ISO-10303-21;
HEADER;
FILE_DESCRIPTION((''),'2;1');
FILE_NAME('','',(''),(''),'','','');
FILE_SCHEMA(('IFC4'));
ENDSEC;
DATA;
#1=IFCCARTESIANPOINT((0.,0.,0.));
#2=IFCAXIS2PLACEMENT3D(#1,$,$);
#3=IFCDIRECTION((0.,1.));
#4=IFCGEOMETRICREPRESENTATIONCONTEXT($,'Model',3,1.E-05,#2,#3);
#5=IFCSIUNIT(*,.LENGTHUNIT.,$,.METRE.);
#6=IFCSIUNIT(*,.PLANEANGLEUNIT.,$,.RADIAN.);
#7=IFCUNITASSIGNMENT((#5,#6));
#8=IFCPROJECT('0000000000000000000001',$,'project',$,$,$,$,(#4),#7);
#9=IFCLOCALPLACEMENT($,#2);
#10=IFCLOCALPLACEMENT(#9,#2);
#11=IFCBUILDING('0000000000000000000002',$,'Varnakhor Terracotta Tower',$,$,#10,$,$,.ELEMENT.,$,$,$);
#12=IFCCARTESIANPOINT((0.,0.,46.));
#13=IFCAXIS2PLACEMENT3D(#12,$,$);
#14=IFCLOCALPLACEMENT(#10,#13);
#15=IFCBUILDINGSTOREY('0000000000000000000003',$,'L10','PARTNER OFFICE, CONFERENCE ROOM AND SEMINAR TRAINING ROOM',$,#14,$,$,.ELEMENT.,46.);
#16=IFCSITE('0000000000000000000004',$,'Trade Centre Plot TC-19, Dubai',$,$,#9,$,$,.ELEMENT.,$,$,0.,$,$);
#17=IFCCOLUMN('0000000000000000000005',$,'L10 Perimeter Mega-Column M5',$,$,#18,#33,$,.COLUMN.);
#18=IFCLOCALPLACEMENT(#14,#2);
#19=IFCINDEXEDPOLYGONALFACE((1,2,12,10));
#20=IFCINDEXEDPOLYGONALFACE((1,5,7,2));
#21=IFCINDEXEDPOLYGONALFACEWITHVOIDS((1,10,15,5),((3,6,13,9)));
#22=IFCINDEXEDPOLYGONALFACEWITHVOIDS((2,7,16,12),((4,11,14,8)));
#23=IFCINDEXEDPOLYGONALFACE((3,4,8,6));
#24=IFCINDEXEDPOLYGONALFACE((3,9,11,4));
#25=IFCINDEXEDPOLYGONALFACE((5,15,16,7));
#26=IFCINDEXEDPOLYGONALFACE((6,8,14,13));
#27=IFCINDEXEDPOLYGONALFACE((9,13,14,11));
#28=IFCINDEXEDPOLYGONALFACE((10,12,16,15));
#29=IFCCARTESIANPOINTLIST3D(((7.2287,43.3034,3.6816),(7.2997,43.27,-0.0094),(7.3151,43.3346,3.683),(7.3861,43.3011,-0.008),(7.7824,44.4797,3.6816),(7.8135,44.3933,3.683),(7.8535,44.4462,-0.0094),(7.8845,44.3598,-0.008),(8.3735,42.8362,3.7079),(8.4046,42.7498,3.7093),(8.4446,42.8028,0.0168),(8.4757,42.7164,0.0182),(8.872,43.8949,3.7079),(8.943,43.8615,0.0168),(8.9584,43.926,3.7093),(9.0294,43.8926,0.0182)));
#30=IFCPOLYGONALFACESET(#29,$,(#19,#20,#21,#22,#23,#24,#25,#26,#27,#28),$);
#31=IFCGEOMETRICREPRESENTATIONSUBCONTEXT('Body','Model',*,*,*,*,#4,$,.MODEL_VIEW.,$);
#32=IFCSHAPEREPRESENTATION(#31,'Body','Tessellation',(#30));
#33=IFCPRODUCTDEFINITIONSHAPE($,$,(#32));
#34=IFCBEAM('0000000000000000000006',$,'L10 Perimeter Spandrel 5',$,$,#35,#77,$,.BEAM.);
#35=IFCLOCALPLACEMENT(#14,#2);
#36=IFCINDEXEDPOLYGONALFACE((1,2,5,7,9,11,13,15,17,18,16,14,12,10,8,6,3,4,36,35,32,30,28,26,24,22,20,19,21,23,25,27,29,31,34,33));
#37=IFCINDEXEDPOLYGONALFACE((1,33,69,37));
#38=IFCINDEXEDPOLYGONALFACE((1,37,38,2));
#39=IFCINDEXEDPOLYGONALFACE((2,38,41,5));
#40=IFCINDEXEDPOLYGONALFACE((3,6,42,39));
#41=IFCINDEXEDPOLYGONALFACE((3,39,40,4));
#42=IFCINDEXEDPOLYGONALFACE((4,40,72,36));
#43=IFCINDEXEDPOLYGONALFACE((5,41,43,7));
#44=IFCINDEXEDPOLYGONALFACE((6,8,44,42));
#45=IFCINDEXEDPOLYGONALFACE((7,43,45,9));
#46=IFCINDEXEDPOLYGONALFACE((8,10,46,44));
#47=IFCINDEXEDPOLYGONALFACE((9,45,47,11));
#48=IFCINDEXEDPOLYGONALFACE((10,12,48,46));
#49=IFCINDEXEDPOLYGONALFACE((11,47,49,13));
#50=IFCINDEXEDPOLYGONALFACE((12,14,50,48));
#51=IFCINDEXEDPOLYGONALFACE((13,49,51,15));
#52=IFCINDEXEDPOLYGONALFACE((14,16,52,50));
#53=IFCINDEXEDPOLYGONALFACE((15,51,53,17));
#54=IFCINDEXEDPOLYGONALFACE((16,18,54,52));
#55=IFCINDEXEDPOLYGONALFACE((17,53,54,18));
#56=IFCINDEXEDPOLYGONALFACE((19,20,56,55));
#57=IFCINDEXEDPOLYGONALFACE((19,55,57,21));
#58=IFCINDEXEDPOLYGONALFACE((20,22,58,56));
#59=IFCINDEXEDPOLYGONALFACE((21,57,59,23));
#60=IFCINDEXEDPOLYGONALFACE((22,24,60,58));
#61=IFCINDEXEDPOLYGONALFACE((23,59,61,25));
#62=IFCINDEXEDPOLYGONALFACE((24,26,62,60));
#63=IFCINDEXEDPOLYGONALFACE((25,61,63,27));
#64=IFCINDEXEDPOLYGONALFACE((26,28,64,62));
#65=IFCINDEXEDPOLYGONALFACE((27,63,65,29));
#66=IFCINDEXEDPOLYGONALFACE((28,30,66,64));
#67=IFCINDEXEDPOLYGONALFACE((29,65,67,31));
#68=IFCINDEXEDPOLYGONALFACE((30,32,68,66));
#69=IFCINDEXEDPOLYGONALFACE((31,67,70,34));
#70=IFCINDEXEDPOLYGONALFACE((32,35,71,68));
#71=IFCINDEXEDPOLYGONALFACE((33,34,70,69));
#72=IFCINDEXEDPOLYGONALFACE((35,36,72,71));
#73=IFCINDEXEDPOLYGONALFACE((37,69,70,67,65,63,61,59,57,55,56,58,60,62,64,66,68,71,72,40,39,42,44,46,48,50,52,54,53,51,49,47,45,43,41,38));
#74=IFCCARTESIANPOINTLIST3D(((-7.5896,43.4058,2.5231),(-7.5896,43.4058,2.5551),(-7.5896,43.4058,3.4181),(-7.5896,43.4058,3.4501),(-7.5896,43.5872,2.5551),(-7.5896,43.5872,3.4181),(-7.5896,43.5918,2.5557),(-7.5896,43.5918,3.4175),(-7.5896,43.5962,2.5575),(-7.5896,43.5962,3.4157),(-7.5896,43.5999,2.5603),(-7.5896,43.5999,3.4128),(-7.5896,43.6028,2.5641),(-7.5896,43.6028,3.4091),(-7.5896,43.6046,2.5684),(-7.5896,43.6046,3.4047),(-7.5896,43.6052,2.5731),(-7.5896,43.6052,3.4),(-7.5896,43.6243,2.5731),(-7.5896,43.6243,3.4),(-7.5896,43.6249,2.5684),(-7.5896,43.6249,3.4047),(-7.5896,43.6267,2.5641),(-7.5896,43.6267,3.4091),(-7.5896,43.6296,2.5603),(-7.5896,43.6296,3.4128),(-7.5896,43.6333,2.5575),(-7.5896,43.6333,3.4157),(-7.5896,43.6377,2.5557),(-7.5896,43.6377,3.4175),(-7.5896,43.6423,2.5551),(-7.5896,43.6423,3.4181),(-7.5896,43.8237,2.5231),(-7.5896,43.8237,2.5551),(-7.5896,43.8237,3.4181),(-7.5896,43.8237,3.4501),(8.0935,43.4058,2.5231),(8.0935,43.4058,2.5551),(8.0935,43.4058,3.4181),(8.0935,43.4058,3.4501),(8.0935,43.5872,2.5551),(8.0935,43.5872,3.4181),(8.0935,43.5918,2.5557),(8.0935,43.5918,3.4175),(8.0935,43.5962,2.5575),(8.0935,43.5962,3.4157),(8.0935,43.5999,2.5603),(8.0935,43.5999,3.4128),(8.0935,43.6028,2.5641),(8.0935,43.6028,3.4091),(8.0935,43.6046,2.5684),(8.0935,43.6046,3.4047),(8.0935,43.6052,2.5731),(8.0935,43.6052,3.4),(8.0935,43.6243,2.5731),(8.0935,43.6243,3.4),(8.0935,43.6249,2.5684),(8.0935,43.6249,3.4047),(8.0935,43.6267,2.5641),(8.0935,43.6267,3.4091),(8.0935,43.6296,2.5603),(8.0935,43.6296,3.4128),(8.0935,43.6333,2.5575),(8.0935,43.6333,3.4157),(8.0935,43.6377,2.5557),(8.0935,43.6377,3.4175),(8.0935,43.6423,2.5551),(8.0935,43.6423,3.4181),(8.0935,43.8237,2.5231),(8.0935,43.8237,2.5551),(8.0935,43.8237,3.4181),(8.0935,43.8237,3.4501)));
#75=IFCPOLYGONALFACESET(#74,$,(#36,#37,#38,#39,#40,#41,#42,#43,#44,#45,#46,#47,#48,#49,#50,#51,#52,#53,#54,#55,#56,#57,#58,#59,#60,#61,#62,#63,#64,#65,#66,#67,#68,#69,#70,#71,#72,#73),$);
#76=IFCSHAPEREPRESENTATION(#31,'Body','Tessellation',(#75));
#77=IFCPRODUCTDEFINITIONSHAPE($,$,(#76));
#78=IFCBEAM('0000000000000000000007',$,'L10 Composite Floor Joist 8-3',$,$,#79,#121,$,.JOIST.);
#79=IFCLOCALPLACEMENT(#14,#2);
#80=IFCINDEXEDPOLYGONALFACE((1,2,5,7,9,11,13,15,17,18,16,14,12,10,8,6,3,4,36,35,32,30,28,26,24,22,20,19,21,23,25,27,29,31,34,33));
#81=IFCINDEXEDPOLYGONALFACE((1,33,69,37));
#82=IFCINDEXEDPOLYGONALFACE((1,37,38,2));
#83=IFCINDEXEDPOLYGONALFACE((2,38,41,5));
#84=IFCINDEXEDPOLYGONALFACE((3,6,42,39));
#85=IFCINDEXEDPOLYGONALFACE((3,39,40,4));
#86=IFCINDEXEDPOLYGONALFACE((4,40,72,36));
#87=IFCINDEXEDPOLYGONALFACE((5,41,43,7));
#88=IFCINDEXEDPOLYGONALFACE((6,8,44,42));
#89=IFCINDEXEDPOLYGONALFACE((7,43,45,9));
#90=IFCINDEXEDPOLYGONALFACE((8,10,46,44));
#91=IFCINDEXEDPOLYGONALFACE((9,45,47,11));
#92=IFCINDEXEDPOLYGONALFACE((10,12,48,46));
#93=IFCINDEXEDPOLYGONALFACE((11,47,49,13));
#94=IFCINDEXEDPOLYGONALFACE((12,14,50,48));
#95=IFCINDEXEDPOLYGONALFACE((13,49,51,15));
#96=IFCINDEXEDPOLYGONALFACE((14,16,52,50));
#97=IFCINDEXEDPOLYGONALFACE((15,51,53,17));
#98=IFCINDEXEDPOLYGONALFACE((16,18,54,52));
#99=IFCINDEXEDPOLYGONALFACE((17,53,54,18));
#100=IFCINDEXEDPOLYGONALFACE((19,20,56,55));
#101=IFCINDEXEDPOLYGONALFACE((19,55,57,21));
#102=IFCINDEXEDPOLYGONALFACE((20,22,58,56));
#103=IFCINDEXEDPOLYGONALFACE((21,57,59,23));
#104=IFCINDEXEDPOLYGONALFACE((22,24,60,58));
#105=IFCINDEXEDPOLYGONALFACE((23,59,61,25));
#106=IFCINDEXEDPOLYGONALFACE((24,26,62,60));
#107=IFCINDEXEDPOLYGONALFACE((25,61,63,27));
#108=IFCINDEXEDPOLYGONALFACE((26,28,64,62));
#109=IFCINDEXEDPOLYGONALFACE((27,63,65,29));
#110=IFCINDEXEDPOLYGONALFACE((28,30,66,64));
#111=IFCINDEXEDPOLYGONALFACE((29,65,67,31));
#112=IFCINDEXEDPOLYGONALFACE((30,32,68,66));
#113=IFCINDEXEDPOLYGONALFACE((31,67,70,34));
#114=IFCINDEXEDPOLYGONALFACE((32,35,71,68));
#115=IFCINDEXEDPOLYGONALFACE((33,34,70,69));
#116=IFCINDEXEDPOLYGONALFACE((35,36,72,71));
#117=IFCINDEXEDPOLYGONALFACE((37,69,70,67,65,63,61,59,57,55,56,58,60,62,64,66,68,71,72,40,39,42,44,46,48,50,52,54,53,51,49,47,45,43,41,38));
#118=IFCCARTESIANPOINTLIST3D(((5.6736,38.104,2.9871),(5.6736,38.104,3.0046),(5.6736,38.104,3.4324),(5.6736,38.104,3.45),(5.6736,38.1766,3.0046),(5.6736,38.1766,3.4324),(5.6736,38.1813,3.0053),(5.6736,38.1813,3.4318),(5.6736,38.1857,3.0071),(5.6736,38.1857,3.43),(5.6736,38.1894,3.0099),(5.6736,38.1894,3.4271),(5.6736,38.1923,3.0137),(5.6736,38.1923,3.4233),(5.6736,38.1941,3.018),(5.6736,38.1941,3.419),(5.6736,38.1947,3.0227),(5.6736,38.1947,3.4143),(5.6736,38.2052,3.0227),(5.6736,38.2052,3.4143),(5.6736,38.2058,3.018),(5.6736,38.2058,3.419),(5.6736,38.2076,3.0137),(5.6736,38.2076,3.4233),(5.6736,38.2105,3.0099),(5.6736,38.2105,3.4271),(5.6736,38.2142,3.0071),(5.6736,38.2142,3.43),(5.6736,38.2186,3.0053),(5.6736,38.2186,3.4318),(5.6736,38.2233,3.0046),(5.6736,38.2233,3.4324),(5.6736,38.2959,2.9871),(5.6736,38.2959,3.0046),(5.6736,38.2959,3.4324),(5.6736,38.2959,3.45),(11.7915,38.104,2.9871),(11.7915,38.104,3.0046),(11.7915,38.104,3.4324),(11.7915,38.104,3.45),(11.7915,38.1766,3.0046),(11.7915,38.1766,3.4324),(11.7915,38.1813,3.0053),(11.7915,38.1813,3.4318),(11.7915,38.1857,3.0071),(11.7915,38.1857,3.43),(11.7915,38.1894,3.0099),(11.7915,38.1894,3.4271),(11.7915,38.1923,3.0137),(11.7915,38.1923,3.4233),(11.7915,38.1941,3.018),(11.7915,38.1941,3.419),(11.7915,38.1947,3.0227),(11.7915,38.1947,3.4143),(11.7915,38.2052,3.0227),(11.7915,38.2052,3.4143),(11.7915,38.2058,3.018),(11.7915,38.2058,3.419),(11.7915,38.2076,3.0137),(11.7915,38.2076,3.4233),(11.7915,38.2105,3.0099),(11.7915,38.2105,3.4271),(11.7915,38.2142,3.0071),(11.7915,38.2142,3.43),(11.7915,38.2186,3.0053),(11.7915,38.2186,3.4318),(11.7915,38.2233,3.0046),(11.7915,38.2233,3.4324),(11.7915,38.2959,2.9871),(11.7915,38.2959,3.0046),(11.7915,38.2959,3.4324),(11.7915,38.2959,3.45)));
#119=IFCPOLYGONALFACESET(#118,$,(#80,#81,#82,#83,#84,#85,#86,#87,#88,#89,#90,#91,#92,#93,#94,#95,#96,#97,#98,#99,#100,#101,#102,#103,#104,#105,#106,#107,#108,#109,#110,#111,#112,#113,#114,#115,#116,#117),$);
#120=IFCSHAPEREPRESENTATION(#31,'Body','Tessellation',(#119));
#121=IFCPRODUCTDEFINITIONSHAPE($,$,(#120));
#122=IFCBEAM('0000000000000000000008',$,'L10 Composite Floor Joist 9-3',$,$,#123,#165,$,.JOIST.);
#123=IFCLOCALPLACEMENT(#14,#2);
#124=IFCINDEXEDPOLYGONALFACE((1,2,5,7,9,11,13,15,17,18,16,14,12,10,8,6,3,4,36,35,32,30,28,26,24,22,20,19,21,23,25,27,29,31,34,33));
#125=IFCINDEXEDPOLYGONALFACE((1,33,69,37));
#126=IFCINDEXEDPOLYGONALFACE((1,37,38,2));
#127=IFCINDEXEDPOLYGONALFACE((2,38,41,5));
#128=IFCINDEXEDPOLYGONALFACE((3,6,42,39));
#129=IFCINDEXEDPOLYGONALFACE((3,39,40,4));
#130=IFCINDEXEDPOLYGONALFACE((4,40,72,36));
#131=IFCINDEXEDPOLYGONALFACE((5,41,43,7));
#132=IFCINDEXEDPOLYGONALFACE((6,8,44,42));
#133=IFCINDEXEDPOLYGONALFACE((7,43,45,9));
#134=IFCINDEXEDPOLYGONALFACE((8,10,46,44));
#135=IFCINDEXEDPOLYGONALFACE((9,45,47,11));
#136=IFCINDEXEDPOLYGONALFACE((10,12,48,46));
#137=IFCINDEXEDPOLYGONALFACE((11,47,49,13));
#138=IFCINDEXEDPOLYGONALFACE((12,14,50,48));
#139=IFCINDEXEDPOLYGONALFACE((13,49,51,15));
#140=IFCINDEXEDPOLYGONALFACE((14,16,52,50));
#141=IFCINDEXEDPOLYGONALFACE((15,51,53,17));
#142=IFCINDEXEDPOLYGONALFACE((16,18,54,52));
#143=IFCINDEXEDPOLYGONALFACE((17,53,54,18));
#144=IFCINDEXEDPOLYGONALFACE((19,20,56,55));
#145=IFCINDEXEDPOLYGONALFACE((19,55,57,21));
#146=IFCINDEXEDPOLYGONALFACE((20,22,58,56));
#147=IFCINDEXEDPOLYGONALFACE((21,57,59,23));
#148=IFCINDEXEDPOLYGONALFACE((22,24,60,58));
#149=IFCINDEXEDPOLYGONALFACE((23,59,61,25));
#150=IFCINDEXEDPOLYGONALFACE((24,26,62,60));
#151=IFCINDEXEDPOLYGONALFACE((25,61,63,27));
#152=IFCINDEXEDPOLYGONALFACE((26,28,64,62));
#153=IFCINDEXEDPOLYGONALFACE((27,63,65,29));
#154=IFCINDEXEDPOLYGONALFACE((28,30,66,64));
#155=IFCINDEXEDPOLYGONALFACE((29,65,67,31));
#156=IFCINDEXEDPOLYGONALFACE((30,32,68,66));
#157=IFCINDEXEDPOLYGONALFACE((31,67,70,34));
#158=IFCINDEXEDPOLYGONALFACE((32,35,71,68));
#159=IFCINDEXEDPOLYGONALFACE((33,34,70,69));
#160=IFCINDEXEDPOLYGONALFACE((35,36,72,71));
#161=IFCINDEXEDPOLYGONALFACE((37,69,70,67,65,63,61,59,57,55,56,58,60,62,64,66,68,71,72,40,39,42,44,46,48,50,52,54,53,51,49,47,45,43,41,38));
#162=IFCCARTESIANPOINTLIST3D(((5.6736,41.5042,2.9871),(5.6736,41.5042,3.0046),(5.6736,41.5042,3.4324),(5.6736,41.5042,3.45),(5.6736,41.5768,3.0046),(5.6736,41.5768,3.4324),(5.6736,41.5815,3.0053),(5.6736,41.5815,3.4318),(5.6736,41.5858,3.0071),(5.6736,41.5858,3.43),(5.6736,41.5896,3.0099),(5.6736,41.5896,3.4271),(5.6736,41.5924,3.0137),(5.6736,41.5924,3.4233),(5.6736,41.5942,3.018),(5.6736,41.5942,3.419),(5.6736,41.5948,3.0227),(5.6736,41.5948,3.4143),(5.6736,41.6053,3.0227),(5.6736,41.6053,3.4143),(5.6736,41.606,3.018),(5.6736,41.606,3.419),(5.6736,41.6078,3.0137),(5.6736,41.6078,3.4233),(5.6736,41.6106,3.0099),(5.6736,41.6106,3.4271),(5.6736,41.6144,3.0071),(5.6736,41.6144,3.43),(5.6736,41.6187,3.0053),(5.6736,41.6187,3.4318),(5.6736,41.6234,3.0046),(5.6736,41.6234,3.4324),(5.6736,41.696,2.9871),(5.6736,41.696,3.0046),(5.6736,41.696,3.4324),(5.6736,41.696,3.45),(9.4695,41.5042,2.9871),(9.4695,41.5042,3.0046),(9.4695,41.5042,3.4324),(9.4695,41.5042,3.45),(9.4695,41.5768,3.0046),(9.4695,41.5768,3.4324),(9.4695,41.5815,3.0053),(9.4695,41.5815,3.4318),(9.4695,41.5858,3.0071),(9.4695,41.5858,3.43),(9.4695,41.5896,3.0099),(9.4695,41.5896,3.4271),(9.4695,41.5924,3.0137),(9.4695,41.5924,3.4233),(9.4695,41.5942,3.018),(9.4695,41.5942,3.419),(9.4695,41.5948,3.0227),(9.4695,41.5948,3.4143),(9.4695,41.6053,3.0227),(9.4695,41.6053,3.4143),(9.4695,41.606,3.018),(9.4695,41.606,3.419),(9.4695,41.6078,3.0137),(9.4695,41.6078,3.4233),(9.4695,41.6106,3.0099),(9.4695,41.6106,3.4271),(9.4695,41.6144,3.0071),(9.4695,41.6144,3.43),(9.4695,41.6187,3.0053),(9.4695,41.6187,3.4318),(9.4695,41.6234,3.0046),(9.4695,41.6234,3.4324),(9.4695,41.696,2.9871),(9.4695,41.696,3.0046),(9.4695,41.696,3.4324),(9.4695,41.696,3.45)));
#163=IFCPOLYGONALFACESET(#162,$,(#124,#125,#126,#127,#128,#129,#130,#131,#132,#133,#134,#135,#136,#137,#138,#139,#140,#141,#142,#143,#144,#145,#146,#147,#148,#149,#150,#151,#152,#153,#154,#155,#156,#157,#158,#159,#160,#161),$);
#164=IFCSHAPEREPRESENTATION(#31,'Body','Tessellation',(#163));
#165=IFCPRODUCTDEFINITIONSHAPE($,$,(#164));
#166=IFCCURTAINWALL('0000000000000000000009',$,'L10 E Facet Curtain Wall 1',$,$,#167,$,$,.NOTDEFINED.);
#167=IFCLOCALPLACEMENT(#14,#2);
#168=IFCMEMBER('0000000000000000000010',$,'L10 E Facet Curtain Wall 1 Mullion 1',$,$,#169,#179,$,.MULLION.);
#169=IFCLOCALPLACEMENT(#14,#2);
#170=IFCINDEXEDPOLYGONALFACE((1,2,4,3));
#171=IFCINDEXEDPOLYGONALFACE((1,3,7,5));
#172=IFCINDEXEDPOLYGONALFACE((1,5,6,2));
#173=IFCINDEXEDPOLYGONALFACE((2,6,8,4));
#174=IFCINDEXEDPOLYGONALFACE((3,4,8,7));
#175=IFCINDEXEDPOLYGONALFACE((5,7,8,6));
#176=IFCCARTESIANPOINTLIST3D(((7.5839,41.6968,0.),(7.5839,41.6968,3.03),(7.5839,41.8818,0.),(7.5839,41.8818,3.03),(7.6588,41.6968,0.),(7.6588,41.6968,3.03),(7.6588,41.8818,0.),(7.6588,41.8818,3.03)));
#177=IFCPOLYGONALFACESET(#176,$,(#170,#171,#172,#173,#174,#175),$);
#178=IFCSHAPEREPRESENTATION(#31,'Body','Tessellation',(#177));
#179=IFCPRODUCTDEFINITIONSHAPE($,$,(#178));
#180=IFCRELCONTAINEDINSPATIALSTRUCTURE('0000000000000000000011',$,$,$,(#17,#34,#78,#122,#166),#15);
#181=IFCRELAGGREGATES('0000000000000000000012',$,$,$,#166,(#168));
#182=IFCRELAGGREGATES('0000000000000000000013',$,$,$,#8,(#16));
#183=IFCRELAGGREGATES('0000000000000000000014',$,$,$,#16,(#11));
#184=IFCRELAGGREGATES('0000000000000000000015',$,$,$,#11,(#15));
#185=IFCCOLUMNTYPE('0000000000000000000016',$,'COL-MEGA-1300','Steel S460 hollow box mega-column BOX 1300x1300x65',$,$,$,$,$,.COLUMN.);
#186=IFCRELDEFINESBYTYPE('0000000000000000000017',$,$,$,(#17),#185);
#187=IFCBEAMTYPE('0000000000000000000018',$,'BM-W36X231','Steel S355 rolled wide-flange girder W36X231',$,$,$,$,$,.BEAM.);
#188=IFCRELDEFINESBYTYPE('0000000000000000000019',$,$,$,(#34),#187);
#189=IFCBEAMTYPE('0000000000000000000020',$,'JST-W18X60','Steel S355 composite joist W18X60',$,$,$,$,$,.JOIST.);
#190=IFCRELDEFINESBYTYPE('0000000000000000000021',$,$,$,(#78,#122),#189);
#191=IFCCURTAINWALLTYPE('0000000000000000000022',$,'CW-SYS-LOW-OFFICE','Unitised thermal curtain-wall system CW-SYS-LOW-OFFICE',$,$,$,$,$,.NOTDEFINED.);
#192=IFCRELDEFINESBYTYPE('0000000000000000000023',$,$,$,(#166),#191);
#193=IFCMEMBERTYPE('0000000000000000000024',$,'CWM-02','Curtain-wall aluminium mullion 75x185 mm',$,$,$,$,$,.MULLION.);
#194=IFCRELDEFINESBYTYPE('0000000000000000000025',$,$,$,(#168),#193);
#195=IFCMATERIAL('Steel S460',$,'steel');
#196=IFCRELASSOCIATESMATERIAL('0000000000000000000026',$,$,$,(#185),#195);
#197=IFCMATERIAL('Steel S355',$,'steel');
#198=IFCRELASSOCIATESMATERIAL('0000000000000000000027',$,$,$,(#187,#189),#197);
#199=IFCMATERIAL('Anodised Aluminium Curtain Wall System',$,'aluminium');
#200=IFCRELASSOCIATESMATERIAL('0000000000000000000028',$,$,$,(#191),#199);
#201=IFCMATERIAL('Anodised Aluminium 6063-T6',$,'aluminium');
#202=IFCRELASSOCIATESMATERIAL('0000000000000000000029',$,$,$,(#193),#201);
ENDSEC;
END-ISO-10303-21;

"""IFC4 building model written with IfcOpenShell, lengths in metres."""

from ifc_helpers import new_model, si_unit, direction, frame, origin, origin_2d, place, context, subcontext, project, spatial, rectangle, hollow_rectangle, i_section, extrude, source, transform, mapped, material, material_profile, profile_set, type_object, type_shapes, element, aggregate, save


model = new_model("IFC4")

# Units and contexts
model_context = context("Model", 3, precision=1e-05, world=origin(), true_north=direction((0.0, 1.0)))
body_context = subcontext(model_context, "Body", "Model", "MODEL_VIEW")
ifc_project = project(units=[si_unit("LENGTHUNIT", "METRE"), si_unit("PLANEANGLEUNIT", "RADIAN")], contexts=[model_context])

# Site, building, storey
site_placement = place(None, origin())
site = spatial("IfcSite", under=ifc_project, at=site_placement, Name="Trade Centre Plot TC-19, Dubai", CompositionType="ELEMENT", RefElevation=0.0)
building_placement = place(site_placement, origin())
building = spatial("IfcBuilding", under=site, at=building_placement, Name="Varnakhor Terracotta Tower", CompositionType="ELEMENT")
storey_placement = place(building_placement, frame((0.0, 0.0, 46.0)))
storey = spatial("IfcBuildingStorey", under=building, at=storey_placement, Name="L10", Description="PARTNER OFFICE, CONFERENCE ROOM AND SEMINAR TRAINING ROOM", CompositionType="ELEMENT", Elevation=46.0)

# Column
ifc_material_1 = material(Name="Steel S460", Category="steel")
ifc_material_profile_1 = material_profile(ifc_material_1, hollow_rectangle(XDim=1.3, YDim=1.3, WallThickness=0.0649, at=origin_2d()), Name="BOX 1300x1300x65")
ifc_profile_set_1 = profile_set([ifc_material_profile_1], Name="Steel S460")
column_type = type_object("IfcColumnType", Name="COL-MEGA-1300", Description="Steel S460 hollow box mega-column BOX 1300x1300x65", PredefinedType="COLUMN", material=ifc_profile_set_1)
shared_shape_1 = source(origin(), body_context, "Body", "SweptSolid", [
    extrude(hollow_rectangle(XDim=1.3, YDim=1.3, WallThickness=0.0649, at=origin_2d()), origin(), (0.0, 0.0, 1.0), 3.6919),
])
type_shapes(column_type, [shared_shape_1])
column_placement = place(storey_placement, frame((8.1646, 43.5813, 0.0044), z_axis=(-0.019243, 0.009059, 0.999774), x_axis=(-0.425947, -0.904748, 0.0)))
element("IfcColumn", 1, at=column_placement, inside=storey, type_object=column_type, Name="L10 Perimeter Mega-Column M5", PredefinedType="COLUMN", context=body_context, shape_type="MappedRepresentation", body=[
    mapped(shared_shape_1, transform((0.0, 0.0, 0.0), scale=1.0)),
])

# Beams
ifc_material_2 = material(Name="Steel S355", Category="steel")
ifc_material_profile_2 = material_profile(ifc_material_2, i_section(OverallWidth=0.418, OverallDepth=0.927, WebThickness=0.019, FlangeThickness=0.032, FilletRadius=0.0181, at=origin_2d()), Name="W36X231")
ifc_profile_set_2 = profile_set([ifc_material_profile_2], Name="Steel S355")
beam_type_1 = type_object("IfcBeamType", Name="BM-W36X231", Description="Steel S355 rolled wide-flange girder W36X231", PredefinedType="BEAM", material=ifc_profile_set_2)
shared_shape_2 = source(origin(), body_context, "Body", "SweptSolid", [
    extrude(i_section(OverallWidth=0.418, OverallDepth=0.927, WebThickness=0.019, FlangeThickness=0.032, FilletRadius=0.0181, at=origin_2d()), origin(), (0.0, 0.0, 1.0), 15.6831),
])
beam_1_placement = place(storey_placement, frame((8.0935, 43.6147, 2.9866), z_axis=(-1.0, 0.0, 0.0), x_axis=(0.0, -1.0, 0.0)))
element("IfcBeam", 2, at=beam_1_placement, inside=storey, type_object=beam_type_1, Name="L10 Perimeter Spandrel 5", PredefinedType="BEAM", context=body_context, shape_type="MappedRepresentation", body=[
    mapped(shared_shape_2, transform((0.0, 0.0, 0.0), scale=1.0)),
])
ifc_material_profile_3 = material_profile(ifc_material_2, i_section(OverallWidth=0.1919, OverallDepth=0.4629, WebThickness=0.0105, FlangeThickness=0.0176, FilletRadius=0.0181, at=origin_2d()), Name="W18X60")
ifc_profile_set_3 = profile_set([ifc_material_profile_3], Name="Steel S355")
beam_type_2 = type_object("IfcBeamType", Name="JST-W18X60", Description="Steel S355 composite joist W18X60", PredefinedType="JOIST", material=ifc_profile_set_3)
shared_shape_3 = source(origin(), body_context, "Body", "SweptSolid", [
    extrude(i_section(OverallWidth=0.1919, OverallDepth=0.4629, WebThickness=0.0105, FlangeThickness=0.0176, FilletRadius=0.0181, at=origin_2d()), origin(), (0.0, 0.0, 1.0), 6.1179),
])
beam_2_placement = place(storey_placement, frame((5.6736, 38.2, 3.2185), z_axis=(1.0, 0.0, 0.0), x_axis=(0.0, 1.0, 0.0)))
element("IfcBeam", 3, at=beam_2_placement, inside=storey, type_object=beam_type_2, Name="L10 Composite Floor Joist 8-3", PredefinedType="JOIST", context=body_context, shape_type="MappedRepresentation", body=[
    mapped(shared_shape_3, transform((0.0, 0.0, 0.0), scale=1.0)),
])
shared_shape_4 = source(origin(), body_context, "Body", "SweptSolid", [
    extrude(i_section(OverallWidth=0.1919, OverallDepth=0.4629, WebThickness=0.0105, FlangeThickness=0.0176, FilletRadius=0.0181, at=origin_2d()), origin(), (0.0, 0.0, 1.0), 3.7959),
])
beam_3_placement = place(storey_placement, frame((5.6736, 41.6001, 3.2185), z_axis=(1.0, 0.0, 0.0), x_axis=(0.0, 1.0, 0.0)))
element("IfcBeam", 4, at=beam_3_placement, inside=storey, type_object=beam_type_2, Name="L10 Composite Floor Joist 9-3", PredefinedType="JOIST", context=body_context, shape_type="MappedRepresentation", body=[
    mapped(shared_shape_4, transform((0.0, 0.0, 0.0), scale=1.0)),
])

# Curtain wall, member
ifc_material_3 = material(Name="Anodised Aluminium Curtain Wall System", Category="aluminium")
curtain_wall_type = type_object("IfcCurtainWallType", Name="CW-SYS-LOW-OFFICE", Description="Unitised thermal curtain-wall system CW-SYS-LOW-OFFICE", PredefinedType="NOTDEFINED", material=ifc_material_3)
curtain_wall_1_placement = place(storey_placement, origin())
curtain_wall_1 = element("IfcCurtainWall", 5, at=curtain_wall_1_placement, inside=storey, type_object=curtain_wall_type, Name="L10 E Facet Curtain Wall 1", PredefinedType="NOTDEFINED")
ifc_material_4 = material(Name="Anodised Aluminium 6063-T6", Category="aluminium")
ifc_material_profile_4 = material_profile(ifc_material_4, rectangle(XDim=0.075, YDim=0.1851, at=origin_2d()), Name="ALU MULLION 75x185")
ifc_profile_set_4 = profile_set([ifc_material_profile_4], Name="Anodised Aluminium 6063-T6")
member_type_1 = type_object("IfcMemberType", Name="CWM-02", Description="Curtain-wall aluminium mullion 75x185 mm", PredefinedType="MULLION", material=ifc_profile_set_4)
shared_shape_5 = source(origin(), body_context, "Body", "SweptSolid", [
    extrude(rectangle(XDim=0.075, YDim=0.1851, at=origin_2d()), origin(), (0.0, 0.0, 1.0), 3.03),
])
type_shapes(member_type_1, [shared_shape_5])
member_1_placement = place(storey_placement, frame((7.6213, 41.7893, 0.0), z_axis=(0.0, 0.0, 1.0), x_axis=(1.0, 0.0, 0.0)))
member_1 = element("IfcMember", 6, at=member_1_placement, type_object=member_type_1, Name="L10 E Facet Curtain Wall 1 Mullion 1", PredefinedType="MULLION", context=body_context, shape_type="MappedRepresentation", body=[
    mapped(shared_shape_5, transform((0.0, 0.0, 0.0), scale=1.0)),
])

aggregate(curtain_wall_1, [member_1])

save(model, "model.ifc")
